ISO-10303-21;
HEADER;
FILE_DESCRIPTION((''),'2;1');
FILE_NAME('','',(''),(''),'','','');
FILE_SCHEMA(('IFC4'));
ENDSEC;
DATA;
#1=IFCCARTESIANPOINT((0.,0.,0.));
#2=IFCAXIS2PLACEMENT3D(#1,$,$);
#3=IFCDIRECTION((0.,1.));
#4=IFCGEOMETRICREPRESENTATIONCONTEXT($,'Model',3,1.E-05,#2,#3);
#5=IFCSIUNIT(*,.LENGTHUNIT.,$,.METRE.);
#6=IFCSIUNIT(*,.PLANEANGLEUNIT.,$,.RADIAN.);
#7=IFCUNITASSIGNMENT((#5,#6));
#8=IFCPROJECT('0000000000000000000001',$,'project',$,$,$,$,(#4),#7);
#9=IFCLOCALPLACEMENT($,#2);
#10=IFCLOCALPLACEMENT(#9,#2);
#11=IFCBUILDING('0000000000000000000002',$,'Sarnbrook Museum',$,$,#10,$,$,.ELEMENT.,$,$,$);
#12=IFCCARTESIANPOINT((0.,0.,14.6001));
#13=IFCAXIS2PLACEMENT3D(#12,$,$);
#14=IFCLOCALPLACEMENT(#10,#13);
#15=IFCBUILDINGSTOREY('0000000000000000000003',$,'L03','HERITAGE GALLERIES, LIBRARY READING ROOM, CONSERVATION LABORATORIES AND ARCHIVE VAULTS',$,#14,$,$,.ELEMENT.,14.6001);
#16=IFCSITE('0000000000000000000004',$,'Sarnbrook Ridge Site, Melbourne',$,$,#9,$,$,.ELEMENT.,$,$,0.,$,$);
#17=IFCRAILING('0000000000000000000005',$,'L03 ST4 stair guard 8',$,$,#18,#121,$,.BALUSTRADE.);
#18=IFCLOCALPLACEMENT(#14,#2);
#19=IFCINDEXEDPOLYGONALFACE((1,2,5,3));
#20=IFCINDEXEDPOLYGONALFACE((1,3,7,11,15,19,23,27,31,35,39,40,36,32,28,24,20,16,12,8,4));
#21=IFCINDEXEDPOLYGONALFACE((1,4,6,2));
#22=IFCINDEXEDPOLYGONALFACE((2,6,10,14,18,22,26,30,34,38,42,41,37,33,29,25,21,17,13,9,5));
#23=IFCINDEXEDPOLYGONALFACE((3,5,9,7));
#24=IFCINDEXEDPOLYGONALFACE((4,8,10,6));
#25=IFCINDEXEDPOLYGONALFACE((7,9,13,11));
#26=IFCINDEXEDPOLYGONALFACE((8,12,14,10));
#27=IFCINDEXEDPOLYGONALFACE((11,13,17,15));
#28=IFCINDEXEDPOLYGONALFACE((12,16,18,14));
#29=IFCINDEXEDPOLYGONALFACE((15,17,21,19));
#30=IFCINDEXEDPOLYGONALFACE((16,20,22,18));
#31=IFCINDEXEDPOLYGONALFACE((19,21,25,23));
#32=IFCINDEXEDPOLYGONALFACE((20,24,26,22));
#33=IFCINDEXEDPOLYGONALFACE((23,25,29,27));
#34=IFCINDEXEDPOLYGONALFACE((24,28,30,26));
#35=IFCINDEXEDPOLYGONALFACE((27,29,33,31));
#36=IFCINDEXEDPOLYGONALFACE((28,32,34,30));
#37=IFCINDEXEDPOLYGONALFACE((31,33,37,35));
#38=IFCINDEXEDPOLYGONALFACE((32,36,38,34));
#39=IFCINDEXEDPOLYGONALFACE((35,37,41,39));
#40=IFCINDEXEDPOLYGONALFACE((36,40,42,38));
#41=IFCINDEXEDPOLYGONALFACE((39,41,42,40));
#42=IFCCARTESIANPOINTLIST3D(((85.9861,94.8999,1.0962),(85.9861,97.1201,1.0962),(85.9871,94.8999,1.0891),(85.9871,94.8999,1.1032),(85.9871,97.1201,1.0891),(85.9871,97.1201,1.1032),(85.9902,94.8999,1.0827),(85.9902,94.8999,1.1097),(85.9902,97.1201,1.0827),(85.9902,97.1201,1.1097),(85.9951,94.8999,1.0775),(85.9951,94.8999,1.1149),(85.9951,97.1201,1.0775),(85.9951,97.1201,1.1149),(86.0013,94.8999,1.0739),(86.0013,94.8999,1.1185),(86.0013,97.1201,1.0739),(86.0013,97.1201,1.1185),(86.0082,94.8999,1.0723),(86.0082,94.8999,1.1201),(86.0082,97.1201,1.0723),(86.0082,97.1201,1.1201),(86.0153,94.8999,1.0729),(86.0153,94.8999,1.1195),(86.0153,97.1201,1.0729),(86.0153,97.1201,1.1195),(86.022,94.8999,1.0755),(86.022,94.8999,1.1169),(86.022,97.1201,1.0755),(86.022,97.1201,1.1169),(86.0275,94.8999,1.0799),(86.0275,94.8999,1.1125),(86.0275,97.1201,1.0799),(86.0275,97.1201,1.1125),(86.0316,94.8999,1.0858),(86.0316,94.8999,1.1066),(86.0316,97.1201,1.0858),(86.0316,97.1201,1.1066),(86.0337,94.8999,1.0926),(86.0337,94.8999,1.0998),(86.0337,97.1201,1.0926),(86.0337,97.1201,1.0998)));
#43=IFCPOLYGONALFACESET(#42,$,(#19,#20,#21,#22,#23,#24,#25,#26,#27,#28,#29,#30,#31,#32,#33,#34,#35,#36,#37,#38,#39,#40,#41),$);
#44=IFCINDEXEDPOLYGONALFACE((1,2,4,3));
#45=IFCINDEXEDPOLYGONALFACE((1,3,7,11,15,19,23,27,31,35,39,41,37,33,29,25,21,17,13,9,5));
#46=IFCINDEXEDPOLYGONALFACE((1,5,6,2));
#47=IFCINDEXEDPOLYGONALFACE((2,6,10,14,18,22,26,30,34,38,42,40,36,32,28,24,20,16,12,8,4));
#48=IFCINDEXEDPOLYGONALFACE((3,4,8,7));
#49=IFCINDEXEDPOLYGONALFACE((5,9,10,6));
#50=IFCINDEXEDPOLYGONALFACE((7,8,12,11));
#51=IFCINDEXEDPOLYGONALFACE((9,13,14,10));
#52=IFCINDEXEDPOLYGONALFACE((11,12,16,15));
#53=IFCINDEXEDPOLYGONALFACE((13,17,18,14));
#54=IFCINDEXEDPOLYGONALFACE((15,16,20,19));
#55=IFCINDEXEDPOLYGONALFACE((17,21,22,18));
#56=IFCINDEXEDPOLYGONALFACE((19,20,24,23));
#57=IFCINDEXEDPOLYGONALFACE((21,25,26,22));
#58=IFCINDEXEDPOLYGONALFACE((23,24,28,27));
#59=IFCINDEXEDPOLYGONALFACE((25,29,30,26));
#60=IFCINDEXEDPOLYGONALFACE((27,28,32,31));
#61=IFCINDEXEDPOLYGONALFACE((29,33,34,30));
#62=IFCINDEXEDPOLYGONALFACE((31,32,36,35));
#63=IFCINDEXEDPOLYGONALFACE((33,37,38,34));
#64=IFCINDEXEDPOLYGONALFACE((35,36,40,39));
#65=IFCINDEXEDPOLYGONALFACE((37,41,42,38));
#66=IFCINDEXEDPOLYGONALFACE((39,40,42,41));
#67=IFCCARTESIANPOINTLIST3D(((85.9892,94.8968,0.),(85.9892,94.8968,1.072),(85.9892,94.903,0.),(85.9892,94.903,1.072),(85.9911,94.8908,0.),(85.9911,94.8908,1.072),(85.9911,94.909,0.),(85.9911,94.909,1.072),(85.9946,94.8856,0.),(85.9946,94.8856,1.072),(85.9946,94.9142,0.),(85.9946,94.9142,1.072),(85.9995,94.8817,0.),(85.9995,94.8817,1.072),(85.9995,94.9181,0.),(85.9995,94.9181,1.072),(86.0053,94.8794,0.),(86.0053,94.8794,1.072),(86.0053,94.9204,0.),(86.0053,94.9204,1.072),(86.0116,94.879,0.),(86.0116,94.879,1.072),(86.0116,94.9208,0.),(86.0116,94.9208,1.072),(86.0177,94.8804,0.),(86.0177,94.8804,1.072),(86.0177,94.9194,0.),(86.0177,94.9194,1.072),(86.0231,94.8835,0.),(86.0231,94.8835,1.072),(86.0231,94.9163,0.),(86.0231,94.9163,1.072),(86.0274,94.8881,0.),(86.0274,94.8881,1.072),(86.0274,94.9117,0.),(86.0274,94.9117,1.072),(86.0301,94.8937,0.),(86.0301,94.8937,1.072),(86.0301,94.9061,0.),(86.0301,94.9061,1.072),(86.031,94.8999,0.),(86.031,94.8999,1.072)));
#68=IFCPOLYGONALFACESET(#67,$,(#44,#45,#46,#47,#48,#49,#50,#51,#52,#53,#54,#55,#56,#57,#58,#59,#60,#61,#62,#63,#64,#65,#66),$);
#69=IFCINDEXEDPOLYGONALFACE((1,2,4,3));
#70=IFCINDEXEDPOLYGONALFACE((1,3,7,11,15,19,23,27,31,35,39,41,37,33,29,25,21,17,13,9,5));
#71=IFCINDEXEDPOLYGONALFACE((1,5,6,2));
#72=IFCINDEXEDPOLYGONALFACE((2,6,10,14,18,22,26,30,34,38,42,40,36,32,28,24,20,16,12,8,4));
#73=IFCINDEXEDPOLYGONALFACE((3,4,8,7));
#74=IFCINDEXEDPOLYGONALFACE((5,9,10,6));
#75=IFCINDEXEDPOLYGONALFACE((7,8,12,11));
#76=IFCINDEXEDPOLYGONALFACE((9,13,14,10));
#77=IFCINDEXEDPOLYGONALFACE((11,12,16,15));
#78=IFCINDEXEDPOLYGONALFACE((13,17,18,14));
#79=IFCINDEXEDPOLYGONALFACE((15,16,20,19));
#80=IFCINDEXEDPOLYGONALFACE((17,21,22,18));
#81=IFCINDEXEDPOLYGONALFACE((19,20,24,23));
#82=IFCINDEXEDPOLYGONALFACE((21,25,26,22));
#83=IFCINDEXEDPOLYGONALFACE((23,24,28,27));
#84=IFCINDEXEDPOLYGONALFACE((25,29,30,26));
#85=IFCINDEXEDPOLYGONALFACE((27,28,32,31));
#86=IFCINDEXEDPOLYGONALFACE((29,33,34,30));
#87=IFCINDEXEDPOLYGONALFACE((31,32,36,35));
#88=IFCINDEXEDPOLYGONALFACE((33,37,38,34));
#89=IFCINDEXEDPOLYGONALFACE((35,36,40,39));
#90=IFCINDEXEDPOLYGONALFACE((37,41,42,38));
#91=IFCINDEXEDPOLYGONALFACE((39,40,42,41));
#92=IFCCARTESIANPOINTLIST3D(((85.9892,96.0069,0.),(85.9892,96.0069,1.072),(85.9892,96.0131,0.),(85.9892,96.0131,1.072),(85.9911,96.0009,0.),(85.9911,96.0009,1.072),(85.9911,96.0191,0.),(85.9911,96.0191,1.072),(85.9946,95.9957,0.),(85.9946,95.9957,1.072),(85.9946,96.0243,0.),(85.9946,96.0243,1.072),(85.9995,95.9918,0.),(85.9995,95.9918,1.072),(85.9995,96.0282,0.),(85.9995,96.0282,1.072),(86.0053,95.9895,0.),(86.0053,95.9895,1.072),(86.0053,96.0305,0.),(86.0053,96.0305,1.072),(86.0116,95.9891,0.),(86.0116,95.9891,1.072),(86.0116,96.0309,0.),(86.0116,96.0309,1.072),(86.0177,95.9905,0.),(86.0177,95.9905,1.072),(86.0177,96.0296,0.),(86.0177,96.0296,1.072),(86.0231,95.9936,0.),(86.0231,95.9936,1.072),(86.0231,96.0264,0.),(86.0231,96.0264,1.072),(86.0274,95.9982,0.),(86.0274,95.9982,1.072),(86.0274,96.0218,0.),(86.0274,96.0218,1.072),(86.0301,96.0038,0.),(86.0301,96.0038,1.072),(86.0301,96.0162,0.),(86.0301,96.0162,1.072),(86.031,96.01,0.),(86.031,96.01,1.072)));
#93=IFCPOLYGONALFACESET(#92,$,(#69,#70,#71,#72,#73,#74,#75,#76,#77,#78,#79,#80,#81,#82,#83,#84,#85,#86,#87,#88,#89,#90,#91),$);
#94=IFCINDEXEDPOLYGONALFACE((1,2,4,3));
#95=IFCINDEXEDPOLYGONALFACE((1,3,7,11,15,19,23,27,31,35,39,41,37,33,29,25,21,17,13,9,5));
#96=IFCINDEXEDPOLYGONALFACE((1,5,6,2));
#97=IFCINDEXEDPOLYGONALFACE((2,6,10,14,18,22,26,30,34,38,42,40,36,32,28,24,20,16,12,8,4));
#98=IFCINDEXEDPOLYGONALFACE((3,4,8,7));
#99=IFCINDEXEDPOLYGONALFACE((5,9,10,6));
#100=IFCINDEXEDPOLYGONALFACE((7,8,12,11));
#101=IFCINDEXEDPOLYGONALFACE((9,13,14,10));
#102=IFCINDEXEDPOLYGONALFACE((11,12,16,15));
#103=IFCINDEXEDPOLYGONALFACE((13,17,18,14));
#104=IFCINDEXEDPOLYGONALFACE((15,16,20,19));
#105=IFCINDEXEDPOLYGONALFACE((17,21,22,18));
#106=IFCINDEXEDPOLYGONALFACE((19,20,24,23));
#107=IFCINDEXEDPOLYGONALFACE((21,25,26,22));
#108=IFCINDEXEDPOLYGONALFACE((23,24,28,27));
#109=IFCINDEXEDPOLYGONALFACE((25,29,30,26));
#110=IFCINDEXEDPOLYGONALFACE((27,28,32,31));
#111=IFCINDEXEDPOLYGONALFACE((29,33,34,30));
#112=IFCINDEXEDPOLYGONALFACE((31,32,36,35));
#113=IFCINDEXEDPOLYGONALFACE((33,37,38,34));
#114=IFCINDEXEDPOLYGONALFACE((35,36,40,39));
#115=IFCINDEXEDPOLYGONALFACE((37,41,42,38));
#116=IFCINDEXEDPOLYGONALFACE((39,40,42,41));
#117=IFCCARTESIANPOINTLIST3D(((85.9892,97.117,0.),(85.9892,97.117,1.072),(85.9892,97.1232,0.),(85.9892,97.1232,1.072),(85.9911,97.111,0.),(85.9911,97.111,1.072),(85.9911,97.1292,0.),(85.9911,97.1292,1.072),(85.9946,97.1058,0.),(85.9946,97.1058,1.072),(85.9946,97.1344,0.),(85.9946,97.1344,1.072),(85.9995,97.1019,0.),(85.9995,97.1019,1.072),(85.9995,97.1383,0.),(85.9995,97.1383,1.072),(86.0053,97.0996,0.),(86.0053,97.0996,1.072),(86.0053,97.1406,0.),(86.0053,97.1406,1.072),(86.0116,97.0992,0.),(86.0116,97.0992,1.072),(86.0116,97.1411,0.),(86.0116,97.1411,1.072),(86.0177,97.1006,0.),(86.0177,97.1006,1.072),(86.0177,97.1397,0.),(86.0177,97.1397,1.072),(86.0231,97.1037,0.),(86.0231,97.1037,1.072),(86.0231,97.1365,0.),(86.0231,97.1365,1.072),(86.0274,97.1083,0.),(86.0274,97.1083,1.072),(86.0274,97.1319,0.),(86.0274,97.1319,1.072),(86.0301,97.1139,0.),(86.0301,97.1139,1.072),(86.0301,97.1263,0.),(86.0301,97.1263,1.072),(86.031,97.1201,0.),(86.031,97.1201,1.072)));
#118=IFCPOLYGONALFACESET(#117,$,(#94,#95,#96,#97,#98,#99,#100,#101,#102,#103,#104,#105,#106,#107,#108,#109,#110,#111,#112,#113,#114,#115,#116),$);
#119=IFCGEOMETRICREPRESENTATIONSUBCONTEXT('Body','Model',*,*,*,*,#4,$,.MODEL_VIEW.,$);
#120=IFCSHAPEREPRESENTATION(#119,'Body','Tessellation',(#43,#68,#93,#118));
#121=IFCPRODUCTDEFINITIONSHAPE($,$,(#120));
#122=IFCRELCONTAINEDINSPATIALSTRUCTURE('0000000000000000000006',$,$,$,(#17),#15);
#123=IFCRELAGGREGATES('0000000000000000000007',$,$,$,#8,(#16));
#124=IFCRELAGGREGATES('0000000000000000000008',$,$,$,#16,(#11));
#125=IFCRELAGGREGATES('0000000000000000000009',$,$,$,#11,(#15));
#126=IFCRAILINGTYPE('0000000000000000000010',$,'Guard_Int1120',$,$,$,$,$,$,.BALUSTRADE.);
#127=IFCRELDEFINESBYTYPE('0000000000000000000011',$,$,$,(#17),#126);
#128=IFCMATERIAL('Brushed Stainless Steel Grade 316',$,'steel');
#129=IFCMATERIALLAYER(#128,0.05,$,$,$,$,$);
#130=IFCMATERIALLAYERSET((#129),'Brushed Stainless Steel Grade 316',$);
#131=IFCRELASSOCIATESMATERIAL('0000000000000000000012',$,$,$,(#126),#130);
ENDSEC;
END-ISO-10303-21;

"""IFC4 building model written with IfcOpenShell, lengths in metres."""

from ifc_helpers import new_model, si_unit, direction, frame, origin, origin_2d, place, context, subcontext, project, spatial, circle, extrude, material, layer, layer_set, type_object, element, save


model = new_model("IFC4")

# Units and contexts
model_context = context("Model", 3, precision=1e-05, world=origin(), true_north=direction((0.0, 1.0)))
body_context = subcontext(model_context, "Body", "Model", "MODEL_VIEW")
ifc_project = project(units=[si_unit("LENGTHUNIT", "METRE"), si_unit("PLANEANGLEUNIT", "RADIAN")], contexts=[model_context])

# Site, building, storey
site_placement = place(None, origin())
site = spatial("IfcSite", under=ifc_project, at=site_placement, Name="Sarnbrook Ridge Site, Melbourne", CompositionType="ELEMENT", RefElevation=0.0)
building_placement = place(site_placement, origin())
building = spatial("IfcBuilding", under=site, at=building_placement, Name="Sarnbrook Museum", CompositionType="ELEMENT")
storey_placement = place(building_placement, frame((0.0, 0.0, 14.6001)))
storey = spatial("IfcBuildingStorey", under=building, at=storey_placement, Name="L03", Description="HERITAGE GALLERIES, LIBRARY READING ROOM, CONSERVATION LABORATORIES AND ARCHIVE VAULTS", CompositionType="ELEMENT", Elevation=14.6001)

# Shared definitions
ifc_material_1 = material(Name="Brushed Stainless Steel Grade 316", Category="steel")

# Railing
ifc_layer_1 = layer(ifc_material_1, 0.05)
ifc_layer_set_1 = layer_set([ifc_layer_1], Name="Brushed Stainless Steel Grade 316")
railing_type = type_object("IfcRailingType", Name="Guard_Int1120", PredefinedType="BALUSTRADE", material=ifc_layer_set_1)
for number, where, name in (
    (1, (86.01, 94.8999, 0.0), "L03 ST4 stair guard 8"),
):
    element("IfcRailing", number, at=place(storey_placement, frame(where)), inside=storey, type_object=railing_type, Name=name, PredefinedType="BALUSTRADE", context=body_context, shape_type="SweptSolid", body=[
        extrude(circle(Radius=0.0239, at=origin_2d()), frame((0.0, 0.0, 1.0962), z_axis=(0.0, 1.0, 0.0), x_axis=(-1.0, 0.0, 0.0)), (0.0, 0.0, 1.0), 2.2202),
        extrude(circle(Radius=0.021, at=origin_2d()), origin(), (0.0, 0.0, 1.0), 1.072),
        extrude(circle(Radius=0.021, at=origin_2d()), frame((0.0, 1.1101, 0.0)), (0.0, 0.0, 1.0), 1.072),
        extrude(circle(Radius=0.021, at=origin_2d()), frame((0.0, 2.2202, 0.0)), (0.0, 0.0, 1.0), 1.072),
    ])

save(model, "model.ifc")
